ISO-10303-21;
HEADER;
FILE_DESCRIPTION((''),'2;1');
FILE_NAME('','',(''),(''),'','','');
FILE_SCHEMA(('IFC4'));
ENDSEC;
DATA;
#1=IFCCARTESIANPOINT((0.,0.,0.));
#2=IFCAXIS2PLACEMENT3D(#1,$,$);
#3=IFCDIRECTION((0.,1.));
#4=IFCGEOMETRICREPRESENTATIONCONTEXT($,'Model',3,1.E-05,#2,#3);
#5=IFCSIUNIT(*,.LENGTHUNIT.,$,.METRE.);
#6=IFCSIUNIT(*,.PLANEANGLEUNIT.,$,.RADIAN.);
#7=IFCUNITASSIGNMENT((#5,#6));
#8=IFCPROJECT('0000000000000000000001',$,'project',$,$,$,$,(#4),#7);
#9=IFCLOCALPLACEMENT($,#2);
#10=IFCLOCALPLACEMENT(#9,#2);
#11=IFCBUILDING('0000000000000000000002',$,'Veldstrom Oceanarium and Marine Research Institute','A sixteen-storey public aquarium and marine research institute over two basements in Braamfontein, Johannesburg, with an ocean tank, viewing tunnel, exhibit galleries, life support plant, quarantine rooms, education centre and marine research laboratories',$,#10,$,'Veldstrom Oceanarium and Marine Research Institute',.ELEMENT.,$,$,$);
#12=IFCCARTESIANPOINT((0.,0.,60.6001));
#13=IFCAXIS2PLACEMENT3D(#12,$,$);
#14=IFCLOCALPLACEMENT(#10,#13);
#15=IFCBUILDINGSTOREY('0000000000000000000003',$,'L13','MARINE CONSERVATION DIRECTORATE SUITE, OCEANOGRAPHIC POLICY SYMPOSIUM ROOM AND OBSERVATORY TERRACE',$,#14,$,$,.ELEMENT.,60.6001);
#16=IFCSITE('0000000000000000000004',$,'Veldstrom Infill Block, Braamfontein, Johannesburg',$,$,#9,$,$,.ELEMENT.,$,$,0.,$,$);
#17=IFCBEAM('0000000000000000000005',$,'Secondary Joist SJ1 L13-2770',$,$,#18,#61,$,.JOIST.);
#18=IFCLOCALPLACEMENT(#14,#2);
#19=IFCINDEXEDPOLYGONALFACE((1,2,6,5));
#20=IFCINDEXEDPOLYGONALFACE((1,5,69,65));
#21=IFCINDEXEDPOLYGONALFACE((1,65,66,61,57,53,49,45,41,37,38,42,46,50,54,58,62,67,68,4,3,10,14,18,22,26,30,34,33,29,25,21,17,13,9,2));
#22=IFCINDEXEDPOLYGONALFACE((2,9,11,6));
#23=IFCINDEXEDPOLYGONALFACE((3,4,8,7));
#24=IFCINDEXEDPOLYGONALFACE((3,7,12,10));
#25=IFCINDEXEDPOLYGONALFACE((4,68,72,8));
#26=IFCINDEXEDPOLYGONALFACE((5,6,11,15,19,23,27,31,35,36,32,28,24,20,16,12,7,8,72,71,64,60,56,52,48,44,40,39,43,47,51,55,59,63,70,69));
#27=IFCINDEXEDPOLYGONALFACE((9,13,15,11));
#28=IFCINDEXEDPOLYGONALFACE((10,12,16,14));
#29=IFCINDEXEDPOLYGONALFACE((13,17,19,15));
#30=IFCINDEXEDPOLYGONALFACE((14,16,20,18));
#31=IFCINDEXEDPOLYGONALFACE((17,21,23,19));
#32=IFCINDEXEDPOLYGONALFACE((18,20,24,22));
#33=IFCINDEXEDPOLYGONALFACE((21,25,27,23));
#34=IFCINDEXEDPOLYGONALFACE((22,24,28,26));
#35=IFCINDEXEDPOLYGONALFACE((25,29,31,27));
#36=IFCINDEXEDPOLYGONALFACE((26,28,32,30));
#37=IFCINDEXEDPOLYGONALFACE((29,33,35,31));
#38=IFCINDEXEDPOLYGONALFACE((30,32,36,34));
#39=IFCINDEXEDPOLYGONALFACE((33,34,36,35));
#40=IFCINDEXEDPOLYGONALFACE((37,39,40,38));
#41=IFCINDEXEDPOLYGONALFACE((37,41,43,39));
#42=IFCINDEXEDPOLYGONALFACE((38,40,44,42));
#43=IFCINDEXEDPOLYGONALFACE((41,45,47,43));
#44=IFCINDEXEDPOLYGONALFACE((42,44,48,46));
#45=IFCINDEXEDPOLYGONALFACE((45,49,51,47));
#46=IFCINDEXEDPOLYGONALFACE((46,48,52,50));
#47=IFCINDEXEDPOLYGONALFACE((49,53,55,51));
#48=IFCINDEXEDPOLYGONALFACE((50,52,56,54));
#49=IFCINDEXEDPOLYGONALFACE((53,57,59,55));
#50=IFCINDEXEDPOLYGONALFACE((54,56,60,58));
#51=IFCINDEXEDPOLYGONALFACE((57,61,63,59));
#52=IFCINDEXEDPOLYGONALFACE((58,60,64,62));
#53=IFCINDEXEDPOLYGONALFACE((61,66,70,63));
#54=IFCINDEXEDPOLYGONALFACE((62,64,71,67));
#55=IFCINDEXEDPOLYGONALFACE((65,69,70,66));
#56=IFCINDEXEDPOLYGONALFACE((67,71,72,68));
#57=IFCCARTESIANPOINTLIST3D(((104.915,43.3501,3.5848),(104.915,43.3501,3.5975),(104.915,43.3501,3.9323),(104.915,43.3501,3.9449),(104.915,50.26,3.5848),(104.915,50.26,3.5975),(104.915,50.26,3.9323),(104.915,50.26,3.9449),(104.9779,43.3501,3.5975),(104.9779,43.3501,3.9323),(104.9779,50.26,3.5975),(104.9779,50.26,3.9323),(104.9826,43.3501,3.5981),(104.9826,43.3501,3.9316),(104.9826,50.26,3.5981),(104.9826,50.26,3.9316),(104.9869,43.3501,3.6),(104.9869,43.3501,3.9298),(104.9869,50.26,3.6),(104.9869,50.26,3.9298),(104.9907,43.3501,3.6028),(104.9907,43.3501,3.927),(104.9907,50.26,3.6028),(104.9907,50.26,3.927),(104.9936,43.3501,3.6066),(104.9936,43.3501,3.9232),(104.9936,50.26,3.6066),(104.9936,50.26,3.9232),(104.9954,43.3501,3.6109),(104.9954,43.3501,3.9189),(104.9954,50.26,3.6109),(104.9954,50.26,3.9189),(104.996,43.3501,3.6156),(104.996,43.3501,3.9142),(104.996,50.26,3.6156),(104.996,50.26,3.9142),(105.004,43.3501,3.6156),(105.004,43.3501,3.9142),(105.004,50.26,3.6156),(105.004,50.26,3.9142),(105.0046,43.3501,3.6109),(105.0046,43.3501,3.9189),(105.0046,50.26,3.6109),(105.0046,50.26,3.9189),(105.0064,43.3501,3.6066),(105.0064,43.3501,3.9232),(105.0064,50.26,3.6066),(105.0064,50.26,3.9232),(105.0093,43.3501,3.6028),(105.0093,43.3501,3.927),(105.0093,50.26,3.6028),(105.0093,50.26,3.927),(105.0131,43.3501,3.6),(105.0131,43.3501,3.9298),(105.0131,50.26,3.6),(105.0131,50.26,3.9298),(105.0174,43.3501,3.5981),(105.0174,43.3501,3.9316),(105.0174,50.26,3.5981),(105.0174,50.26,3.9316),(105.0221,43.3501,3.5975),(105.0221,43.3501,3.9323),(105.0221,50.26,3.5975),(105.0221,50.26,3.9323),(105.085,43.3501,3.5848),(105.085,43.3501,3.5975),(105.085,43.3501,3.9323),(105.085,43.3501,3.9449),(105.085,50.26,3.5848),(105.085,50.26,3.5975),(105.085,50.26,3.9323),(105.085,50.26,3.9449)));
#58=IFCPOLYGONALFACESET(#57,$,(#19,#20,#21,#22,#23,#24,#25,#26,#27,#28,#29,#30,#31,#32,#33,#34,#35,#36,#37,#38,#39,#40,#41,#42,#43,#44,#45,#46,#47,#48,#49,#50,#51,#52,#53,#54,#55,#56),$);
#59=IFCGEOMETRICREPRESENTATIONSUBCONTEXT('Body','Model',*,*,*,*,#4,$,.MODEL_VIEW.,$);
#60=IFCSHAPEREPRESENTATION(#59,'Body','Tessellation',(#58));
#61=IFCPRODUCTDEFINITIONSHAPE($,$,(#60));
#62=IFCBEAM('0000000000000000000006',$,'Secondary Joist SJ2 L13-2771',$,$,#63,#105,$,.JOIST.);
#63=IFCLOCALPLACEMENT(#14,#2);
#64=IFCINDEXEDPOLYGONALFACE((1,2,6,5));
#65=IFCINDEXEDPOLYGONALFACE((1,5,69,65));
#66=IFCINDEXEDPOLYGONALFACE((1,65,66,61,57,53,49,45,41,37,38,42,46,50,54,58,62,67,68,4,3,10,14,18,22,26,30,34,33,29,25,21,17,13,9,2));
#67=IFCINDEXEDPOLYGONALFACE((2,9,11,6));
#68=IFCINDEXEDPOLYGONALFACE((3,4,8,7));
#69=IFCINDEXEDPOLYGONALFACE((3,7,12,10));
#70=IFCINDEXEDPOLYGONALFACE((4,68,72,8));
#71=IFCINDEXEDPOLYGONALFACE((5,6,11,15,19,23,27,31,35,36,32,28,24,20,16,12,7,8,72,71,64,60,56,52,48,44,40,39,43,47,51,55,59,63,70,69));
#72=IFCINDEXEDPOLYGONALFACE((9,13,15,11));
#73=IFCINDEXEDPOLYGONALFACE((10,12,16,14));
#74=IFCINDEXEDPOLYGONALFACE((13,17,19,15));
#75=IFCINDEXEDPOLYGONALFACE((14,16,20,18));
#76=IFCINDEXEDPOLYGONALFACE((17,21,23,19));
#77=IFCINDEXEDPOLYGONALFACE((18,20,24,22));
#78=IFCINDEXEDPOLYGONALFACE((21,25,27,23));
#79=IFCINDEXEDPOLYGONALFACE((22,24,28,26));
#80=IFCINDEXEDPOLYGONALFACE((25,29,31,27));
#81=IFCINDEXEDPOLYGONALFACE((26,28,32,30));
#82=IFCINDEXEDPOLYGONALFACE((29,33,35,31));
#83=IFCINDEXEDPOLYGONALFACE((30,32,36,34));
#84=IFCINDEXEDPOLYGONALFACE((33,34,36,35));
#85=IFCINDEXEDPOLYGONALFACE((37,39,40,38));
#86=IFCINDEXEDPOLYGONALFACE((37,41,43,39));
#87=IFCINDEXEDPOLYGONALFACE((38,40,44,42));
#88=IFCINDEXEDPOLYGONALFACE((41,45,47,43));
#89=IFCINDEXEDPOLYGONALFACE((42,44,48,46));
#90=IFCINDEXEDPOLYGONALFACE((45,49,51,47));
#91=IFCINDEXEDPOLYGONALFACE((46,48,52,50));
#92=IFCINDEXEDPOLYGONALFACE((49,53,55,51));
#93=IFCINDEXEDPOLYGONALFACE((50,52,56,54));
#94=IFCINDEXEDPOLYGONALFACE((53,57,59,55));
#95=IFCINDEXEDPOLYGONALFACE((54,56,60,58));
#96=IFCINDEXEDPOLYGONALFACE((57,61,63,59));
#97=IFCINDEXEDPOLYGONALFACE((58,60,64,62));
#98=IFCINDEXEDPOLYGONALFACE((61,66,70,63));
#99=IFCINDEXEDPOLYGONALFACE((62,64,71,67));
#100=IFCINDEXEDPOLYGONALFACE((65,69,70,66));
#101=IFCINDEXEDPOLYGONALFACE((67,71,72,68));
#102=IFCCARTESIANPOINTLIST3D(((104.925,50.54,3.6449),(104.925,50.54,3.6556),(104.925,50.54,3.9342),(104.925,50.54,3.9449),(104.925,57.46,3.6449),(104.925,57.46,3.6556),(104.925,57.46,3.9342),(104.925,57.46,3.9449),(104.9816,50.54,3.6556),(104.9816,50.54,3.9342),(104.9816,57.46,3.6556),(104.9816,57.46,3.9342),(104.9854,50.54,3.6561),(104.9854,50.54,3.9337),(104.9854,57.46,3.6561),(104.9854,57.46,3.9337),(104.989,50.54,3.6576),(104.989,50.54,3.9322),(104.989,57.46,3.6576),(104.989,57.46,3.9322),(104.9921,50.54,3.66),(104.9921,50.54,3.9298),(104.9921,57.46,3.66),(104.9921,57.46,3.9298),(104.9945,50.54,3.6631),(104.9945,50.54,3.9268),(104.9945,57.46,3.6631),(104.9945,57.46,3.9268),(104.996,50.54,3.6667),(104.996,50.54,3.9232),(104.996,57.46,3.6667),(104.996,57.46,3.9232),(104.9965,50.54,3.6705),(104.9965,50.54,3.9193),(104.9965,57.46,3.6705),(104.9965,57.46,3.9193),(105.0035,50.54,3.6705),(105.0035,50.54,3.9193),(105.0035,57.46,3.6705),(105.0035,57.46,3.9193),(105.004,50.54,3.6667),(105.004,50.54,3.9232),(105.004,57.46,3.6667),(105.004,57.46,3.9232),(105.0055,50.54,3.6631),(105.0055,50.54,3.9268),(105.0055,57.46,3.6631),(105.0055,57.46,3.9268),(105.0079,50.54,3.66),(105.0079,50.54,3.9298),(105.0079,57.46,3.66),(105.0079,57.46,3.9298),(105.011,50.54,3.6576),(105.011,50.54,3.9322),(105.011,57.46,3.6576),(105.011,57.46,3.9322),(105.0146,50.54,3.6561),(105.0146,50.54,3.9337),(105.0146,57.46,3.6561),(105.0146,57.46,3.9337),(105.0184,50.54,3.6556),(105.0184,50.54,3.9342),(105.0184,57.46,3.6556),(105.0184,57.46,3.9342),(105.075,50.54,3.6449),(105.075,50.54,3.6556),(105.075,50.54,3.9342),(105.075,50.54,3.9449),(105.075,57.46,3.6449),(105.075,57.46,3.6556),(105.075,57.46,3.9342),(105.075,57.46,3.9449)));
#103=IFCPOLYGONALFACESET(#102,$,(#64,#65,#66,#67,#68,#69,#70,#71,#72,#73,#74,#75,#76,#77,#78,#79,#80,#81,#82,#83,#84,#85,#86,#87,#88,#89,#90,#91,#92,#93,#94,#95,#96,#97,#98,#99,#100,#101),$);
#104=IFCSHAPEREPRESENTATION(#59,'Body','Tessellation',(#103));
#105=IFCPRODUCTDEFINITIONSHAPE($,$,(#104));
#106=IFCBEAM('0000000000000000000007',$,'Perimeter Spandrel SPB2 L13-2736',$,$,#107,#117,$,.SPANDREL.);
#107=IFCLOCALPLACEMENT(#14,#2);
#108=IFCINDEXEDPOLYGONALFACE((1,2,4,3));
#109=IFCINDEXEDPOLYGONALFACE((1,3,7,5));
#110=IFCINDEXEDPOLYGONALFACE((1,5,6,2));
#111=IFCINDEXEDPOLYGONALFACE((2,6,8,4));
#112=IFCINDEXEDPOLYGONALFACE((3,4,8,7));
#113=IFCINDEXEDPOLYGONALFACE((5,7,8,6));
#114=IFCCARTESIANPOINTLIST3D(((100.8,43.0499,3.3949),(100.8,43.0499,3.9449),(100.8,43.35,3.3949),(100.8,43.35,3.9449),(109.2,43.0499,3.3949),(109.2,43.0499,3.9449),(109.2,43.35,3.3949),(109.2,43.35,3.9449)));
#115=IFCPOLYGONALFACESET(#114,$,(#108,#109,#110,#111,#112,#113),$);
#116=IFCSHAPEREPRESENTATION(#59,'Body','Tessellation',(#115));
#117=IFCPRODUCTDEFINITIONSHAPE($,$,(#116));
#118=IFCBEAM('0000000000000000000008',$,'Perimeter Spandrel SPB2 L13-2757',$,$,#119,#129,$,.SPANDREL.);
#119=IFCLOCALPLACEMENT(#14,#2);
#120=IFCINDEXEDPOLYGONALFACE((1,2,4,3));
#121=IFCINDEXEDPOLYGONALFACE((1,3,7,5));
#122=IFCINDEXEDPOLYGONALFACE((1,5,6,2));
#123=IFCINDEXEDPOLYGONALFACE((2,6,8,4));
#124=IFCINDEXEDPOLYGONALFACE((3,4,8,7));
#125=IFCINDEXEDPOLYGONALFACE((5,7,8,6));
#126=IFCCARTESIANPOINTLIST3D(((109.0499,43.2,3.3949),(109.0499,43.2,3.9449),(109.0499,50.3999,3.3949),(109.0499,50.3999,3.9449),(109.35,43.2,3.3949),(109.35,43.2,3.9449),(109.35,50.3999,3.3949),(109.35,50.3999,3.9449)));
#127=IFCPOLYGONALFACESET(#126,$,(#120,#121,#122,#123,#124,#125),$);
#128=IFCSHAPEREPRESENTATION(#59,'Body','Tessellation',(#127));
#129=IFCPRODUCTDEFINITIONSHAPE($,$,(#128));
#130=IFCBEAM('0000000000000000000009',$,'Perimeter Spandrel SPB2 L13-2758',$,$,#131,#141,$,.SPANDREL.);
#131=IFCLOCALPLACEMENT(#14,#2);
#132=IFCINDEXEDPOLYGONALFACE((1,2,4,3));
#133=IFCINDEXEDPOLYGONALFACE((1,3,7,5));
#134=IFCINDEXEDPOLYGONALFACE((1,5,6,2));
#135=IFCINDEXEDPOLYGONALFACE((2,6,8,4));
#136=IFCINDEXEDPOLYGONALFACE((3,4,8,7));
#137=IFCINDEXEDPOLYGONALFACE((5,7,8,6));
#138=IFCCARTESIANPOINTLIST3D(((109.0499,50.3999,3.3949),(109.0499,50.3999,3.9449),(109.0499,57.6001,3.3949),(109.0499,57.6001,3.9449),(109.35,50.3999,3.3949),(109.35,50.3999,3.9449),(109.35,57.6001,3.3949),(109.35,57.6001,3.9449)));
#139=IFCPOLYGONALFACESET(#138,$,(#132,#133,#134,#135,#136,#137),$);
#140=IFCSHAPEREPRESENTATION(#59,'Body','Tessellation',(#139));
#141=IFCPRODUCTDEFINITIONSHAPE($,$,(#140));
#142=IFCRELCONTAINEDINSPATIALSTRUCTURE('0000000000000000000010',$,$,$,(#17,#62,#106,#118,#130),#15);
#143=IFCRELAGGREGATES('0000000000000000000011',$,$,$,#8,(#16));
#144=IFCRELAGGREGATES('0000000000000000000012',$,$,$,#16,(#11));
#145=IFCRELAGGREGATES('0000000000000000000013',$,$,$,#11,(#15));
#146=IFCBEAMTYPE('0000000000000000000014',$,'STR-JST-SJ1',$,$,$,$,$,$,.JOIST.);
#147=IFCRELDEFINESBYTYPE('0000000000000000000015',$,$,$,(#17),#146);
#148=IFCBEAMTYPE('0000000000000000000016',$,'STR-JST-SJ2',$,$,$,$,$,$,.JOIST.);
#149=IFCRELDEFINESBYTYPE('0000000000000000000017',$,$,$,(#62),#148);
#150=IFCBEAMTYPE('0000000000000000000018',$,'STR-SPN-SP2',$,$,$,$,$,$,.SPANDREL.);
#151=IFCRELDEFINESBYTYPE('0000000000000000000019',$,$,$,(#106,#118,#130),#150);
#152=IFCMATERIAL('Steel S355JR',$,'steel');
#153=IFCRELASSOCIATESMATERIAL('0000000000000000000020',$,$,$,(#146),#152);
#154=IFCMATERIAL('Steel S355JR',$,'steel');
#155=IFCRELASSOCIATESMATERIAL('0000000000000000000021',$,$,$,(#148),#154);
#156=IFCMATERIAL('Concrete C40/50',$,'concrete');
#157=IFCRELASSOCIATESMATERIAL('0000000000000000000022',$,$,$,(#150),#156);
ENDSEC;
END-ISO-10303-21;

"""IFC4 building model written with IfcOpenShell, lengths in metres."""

from ifc_helpers import new_model, si_unit, direction, frame, origin, origin_2d, place, context, subcontext, project, spatial, rectangle, i_section, extrude, material, material_profile, profile_set, type_object, element, save


model = new_model("IFC4")

# Units and contexts
model_context = context("Model", 3, precision=1e-05, world=origin(), true_north=direction((0.0, 1.0)))
body_context = subcontext(model_context, "Body", "Model", "MODEL_VIEW")
ifc_project = project(units=[si_unit("LENGTHUNIT", "METRE"), si_unit("PLANEANGLEUNIT", "RADIAN")], contexts=[model_context])

# Site, building, storey
site_placement = place(None, origin())
site = spatial("IfcSite", under=ifc_project, at=site_placement, Name="Veldstrom Infill Block, Braamfontein, Johannesburg", CompositionType="ELEMENT", RefElevation=0.0)
building_placement = place(site_placement, origin())
building = spatial("IfcBuilding", under=site, at=building_placement, Name="Veldstrom Oceanarium and Marine Research Institute", Description="A sixteen-storey public aquarium and marine research institute over two basements in Braamfontein, Johannesburg, with an ocean tank, viewing tunnel, exhibit galleries, life support plant, quarantine rooms, education centre and marine research laboratories", LongName="Veldstrom Oceanarium and Marine Research Institute", CompositionType="ELEMENT")
storey_placement = place(building_placement, frame((0.0, 0.0, 60.6001)))
storey = spatial("IfcBuildingStorey", under=building, at=storey_placement, Name="L13", Description="MARINE CONSERVATION DIRECTORATE SUITE, OCEANOGRAPHIC POLICY SYMPOSIUM ROOM AND OBSERVATORY TERRACE", CompositionType="ELEMENT", Elevation=60.6001)

# Beams
ifc_material_1 = material(Name="Steel S355JR", Category="steel")
ifc_material_profile_1 = material_profile(ifc_material_1, i_section(OverallWidth=0.1699, OverallDepth=0.3601, WebThickness=0.0081, FlangeThickness=0.0127, FilletRadius=0.0181, at=origin_2d()), Name="IPE 360")
ifc_profile_set_1 = profile_set([ifc_material_profile_1], Name="Steel S355JR")
beam_type_1 = type_object("IfcBeamType", Name="STR-JST-SJ1", PredefinedType="JOIST", material=ifc_profile_set_1)
beam_1_placement = place(storey_placement, frame((105.0, 43.3501, 3.7649), z_axis=(0.0, 1.0, 0.0), x_axis=(-1.0, 0.0, 0.0)))
element("IfcBeam", 1, at=beam_1_placement, inside=storey, type_object=beam_type_1, Name="Secondary Joist SJ1 L13-2770", PredefinedType="JOIST", context=body_context, shape_type="SweptSolid", body=[
    extrude(i_section(OverallWidth=0.1699, OverallDepth=0.3601, WebThickness=0.0081, FlangeThickness=0.0127, FilletRadius=0.0181, at=origin_2d()), origin(), (0.0, 0.0, 1.0), 6.9099),
])
ifc_material_2 = material(Name="Steel S355JR", Category="steel")
ifc_material_profile_2 = material_profile(ifc_material_2, i_section(OverallWidth=0.1499, OverallDepth=0.3, WebThickness=0.0071, FlangeThickness=0.0107, FilletRadius=0.0149, at=origin_2d()), Name="IPE 300")
ifc_profile_set_2 = profile_set([ifc_material_profile_2], Name="Steel S355JR")
beam_type_2 = type_object("IfcBeamType", Name="STR-JST-SJ2", PredefinedType="JOIST", material=ifc_profile_set_2)
beam_2_placement = place(storey_placement, frame((105.0, 50.54, 3.7949), z_axis=(0.0, 1.0, 0.0), x_axis=(-1.0, 0.0, 0.0)))
element("IfcBeam", 2, at=beam_2_placement, inside=storey, type_object=beam_type_2, Name="Secondary Joist SJ2 L13-2771", PredefinedType="JOIST", context=body_context, shape_type="SweptSolid", body=[
    extrude(i_section(OverallWidth=0.1499, OverallDepth=0.3, WebThickness=0.0071, FlangeThickness=0.0107, FilletRadius=0.0149, at=origin_2d()), origin(), (0.0, 0.0, 1.0), 6.9199),
])
ifc_material_3 = material(Name="Concrete C40/50", Category="concrete")
ifc_material_profile_3 = material_profile(ifc_material_3, rectangle(XDim=0.3, YDim=0.55, at=origin_2d()), Name="RC-SPN-300x550")
ifc_profile_set_3 = profile_set([ifc_material_profile_3], Name="Concrete C40/50")
beam_type_3 = type_object("IfcBeamType", Name="STR-SPN-SP2", PredefinedType="SPANDREL", material=ifc_profile_set_3)
beam_3_placement = place(storey_placement, frame((100.8, 43.2, 3.6699), z_axis=(1.0, 0.0, 0.0), x_axis=(0.0, 1.0, 0.0)))
element("IfcBeam", 3, at=beam_3_placement, inside=storey, type_object=beam_type_3, Name="Perimeter Spandrel SPB2 L13-2736", PredefinedType="SPANDREL", context=body_context, shape_type="SweptSolid", body=[
    extrude(rectangle(XDim=0.3, YDim=0.55, at=origin_2d()), origin(), (0.0, 0.0, 1.0), 8.3999),
])
beam_4_placement = place(storey_placement, frame((109.2, 43.2, 3.6699), z_axis=(0.0, 1.0, 0.0), x_axis=(-1.0, 0.0, 0.0)))
element("IfcBeam", 4, at=beam_4_placement, inside=storey, type_object=beam_type_3, Name="Perimeter Spandrel SPB2 L13-2757", PredefinedType="SPANDREL", context=body_context, shape_type="SweptSolid", body=[
    extrude(rectangle(XDim=0.3, YDim=0.55, at=origin_2d()), origin(), (0.0, 0.0, 1.0), 7.2),
])
beam_5_placement = place(storey_placement, frame((109.2, 50.3999, 3.6699), z_axis=(0.0, 1.0, 0.0), x_axis=(-1.0, 0.0, 0.0)))
element("IfcBeam", 5, at=beam_5_placement, inside=storey, type_object=beam_type_3, Name="Perimeter Spandrel SPB2 L13-2758", PredefinedType="SPANDREL", context=body_context, shape_type="SweptSolid", body=[
    extrude(rectangle(XDim=0.3, YDim=0.55, at=origin_2d()), origin(), (0.0, 0.0, 1.0), 7.2002),
])

save(model, "model.ifc")
